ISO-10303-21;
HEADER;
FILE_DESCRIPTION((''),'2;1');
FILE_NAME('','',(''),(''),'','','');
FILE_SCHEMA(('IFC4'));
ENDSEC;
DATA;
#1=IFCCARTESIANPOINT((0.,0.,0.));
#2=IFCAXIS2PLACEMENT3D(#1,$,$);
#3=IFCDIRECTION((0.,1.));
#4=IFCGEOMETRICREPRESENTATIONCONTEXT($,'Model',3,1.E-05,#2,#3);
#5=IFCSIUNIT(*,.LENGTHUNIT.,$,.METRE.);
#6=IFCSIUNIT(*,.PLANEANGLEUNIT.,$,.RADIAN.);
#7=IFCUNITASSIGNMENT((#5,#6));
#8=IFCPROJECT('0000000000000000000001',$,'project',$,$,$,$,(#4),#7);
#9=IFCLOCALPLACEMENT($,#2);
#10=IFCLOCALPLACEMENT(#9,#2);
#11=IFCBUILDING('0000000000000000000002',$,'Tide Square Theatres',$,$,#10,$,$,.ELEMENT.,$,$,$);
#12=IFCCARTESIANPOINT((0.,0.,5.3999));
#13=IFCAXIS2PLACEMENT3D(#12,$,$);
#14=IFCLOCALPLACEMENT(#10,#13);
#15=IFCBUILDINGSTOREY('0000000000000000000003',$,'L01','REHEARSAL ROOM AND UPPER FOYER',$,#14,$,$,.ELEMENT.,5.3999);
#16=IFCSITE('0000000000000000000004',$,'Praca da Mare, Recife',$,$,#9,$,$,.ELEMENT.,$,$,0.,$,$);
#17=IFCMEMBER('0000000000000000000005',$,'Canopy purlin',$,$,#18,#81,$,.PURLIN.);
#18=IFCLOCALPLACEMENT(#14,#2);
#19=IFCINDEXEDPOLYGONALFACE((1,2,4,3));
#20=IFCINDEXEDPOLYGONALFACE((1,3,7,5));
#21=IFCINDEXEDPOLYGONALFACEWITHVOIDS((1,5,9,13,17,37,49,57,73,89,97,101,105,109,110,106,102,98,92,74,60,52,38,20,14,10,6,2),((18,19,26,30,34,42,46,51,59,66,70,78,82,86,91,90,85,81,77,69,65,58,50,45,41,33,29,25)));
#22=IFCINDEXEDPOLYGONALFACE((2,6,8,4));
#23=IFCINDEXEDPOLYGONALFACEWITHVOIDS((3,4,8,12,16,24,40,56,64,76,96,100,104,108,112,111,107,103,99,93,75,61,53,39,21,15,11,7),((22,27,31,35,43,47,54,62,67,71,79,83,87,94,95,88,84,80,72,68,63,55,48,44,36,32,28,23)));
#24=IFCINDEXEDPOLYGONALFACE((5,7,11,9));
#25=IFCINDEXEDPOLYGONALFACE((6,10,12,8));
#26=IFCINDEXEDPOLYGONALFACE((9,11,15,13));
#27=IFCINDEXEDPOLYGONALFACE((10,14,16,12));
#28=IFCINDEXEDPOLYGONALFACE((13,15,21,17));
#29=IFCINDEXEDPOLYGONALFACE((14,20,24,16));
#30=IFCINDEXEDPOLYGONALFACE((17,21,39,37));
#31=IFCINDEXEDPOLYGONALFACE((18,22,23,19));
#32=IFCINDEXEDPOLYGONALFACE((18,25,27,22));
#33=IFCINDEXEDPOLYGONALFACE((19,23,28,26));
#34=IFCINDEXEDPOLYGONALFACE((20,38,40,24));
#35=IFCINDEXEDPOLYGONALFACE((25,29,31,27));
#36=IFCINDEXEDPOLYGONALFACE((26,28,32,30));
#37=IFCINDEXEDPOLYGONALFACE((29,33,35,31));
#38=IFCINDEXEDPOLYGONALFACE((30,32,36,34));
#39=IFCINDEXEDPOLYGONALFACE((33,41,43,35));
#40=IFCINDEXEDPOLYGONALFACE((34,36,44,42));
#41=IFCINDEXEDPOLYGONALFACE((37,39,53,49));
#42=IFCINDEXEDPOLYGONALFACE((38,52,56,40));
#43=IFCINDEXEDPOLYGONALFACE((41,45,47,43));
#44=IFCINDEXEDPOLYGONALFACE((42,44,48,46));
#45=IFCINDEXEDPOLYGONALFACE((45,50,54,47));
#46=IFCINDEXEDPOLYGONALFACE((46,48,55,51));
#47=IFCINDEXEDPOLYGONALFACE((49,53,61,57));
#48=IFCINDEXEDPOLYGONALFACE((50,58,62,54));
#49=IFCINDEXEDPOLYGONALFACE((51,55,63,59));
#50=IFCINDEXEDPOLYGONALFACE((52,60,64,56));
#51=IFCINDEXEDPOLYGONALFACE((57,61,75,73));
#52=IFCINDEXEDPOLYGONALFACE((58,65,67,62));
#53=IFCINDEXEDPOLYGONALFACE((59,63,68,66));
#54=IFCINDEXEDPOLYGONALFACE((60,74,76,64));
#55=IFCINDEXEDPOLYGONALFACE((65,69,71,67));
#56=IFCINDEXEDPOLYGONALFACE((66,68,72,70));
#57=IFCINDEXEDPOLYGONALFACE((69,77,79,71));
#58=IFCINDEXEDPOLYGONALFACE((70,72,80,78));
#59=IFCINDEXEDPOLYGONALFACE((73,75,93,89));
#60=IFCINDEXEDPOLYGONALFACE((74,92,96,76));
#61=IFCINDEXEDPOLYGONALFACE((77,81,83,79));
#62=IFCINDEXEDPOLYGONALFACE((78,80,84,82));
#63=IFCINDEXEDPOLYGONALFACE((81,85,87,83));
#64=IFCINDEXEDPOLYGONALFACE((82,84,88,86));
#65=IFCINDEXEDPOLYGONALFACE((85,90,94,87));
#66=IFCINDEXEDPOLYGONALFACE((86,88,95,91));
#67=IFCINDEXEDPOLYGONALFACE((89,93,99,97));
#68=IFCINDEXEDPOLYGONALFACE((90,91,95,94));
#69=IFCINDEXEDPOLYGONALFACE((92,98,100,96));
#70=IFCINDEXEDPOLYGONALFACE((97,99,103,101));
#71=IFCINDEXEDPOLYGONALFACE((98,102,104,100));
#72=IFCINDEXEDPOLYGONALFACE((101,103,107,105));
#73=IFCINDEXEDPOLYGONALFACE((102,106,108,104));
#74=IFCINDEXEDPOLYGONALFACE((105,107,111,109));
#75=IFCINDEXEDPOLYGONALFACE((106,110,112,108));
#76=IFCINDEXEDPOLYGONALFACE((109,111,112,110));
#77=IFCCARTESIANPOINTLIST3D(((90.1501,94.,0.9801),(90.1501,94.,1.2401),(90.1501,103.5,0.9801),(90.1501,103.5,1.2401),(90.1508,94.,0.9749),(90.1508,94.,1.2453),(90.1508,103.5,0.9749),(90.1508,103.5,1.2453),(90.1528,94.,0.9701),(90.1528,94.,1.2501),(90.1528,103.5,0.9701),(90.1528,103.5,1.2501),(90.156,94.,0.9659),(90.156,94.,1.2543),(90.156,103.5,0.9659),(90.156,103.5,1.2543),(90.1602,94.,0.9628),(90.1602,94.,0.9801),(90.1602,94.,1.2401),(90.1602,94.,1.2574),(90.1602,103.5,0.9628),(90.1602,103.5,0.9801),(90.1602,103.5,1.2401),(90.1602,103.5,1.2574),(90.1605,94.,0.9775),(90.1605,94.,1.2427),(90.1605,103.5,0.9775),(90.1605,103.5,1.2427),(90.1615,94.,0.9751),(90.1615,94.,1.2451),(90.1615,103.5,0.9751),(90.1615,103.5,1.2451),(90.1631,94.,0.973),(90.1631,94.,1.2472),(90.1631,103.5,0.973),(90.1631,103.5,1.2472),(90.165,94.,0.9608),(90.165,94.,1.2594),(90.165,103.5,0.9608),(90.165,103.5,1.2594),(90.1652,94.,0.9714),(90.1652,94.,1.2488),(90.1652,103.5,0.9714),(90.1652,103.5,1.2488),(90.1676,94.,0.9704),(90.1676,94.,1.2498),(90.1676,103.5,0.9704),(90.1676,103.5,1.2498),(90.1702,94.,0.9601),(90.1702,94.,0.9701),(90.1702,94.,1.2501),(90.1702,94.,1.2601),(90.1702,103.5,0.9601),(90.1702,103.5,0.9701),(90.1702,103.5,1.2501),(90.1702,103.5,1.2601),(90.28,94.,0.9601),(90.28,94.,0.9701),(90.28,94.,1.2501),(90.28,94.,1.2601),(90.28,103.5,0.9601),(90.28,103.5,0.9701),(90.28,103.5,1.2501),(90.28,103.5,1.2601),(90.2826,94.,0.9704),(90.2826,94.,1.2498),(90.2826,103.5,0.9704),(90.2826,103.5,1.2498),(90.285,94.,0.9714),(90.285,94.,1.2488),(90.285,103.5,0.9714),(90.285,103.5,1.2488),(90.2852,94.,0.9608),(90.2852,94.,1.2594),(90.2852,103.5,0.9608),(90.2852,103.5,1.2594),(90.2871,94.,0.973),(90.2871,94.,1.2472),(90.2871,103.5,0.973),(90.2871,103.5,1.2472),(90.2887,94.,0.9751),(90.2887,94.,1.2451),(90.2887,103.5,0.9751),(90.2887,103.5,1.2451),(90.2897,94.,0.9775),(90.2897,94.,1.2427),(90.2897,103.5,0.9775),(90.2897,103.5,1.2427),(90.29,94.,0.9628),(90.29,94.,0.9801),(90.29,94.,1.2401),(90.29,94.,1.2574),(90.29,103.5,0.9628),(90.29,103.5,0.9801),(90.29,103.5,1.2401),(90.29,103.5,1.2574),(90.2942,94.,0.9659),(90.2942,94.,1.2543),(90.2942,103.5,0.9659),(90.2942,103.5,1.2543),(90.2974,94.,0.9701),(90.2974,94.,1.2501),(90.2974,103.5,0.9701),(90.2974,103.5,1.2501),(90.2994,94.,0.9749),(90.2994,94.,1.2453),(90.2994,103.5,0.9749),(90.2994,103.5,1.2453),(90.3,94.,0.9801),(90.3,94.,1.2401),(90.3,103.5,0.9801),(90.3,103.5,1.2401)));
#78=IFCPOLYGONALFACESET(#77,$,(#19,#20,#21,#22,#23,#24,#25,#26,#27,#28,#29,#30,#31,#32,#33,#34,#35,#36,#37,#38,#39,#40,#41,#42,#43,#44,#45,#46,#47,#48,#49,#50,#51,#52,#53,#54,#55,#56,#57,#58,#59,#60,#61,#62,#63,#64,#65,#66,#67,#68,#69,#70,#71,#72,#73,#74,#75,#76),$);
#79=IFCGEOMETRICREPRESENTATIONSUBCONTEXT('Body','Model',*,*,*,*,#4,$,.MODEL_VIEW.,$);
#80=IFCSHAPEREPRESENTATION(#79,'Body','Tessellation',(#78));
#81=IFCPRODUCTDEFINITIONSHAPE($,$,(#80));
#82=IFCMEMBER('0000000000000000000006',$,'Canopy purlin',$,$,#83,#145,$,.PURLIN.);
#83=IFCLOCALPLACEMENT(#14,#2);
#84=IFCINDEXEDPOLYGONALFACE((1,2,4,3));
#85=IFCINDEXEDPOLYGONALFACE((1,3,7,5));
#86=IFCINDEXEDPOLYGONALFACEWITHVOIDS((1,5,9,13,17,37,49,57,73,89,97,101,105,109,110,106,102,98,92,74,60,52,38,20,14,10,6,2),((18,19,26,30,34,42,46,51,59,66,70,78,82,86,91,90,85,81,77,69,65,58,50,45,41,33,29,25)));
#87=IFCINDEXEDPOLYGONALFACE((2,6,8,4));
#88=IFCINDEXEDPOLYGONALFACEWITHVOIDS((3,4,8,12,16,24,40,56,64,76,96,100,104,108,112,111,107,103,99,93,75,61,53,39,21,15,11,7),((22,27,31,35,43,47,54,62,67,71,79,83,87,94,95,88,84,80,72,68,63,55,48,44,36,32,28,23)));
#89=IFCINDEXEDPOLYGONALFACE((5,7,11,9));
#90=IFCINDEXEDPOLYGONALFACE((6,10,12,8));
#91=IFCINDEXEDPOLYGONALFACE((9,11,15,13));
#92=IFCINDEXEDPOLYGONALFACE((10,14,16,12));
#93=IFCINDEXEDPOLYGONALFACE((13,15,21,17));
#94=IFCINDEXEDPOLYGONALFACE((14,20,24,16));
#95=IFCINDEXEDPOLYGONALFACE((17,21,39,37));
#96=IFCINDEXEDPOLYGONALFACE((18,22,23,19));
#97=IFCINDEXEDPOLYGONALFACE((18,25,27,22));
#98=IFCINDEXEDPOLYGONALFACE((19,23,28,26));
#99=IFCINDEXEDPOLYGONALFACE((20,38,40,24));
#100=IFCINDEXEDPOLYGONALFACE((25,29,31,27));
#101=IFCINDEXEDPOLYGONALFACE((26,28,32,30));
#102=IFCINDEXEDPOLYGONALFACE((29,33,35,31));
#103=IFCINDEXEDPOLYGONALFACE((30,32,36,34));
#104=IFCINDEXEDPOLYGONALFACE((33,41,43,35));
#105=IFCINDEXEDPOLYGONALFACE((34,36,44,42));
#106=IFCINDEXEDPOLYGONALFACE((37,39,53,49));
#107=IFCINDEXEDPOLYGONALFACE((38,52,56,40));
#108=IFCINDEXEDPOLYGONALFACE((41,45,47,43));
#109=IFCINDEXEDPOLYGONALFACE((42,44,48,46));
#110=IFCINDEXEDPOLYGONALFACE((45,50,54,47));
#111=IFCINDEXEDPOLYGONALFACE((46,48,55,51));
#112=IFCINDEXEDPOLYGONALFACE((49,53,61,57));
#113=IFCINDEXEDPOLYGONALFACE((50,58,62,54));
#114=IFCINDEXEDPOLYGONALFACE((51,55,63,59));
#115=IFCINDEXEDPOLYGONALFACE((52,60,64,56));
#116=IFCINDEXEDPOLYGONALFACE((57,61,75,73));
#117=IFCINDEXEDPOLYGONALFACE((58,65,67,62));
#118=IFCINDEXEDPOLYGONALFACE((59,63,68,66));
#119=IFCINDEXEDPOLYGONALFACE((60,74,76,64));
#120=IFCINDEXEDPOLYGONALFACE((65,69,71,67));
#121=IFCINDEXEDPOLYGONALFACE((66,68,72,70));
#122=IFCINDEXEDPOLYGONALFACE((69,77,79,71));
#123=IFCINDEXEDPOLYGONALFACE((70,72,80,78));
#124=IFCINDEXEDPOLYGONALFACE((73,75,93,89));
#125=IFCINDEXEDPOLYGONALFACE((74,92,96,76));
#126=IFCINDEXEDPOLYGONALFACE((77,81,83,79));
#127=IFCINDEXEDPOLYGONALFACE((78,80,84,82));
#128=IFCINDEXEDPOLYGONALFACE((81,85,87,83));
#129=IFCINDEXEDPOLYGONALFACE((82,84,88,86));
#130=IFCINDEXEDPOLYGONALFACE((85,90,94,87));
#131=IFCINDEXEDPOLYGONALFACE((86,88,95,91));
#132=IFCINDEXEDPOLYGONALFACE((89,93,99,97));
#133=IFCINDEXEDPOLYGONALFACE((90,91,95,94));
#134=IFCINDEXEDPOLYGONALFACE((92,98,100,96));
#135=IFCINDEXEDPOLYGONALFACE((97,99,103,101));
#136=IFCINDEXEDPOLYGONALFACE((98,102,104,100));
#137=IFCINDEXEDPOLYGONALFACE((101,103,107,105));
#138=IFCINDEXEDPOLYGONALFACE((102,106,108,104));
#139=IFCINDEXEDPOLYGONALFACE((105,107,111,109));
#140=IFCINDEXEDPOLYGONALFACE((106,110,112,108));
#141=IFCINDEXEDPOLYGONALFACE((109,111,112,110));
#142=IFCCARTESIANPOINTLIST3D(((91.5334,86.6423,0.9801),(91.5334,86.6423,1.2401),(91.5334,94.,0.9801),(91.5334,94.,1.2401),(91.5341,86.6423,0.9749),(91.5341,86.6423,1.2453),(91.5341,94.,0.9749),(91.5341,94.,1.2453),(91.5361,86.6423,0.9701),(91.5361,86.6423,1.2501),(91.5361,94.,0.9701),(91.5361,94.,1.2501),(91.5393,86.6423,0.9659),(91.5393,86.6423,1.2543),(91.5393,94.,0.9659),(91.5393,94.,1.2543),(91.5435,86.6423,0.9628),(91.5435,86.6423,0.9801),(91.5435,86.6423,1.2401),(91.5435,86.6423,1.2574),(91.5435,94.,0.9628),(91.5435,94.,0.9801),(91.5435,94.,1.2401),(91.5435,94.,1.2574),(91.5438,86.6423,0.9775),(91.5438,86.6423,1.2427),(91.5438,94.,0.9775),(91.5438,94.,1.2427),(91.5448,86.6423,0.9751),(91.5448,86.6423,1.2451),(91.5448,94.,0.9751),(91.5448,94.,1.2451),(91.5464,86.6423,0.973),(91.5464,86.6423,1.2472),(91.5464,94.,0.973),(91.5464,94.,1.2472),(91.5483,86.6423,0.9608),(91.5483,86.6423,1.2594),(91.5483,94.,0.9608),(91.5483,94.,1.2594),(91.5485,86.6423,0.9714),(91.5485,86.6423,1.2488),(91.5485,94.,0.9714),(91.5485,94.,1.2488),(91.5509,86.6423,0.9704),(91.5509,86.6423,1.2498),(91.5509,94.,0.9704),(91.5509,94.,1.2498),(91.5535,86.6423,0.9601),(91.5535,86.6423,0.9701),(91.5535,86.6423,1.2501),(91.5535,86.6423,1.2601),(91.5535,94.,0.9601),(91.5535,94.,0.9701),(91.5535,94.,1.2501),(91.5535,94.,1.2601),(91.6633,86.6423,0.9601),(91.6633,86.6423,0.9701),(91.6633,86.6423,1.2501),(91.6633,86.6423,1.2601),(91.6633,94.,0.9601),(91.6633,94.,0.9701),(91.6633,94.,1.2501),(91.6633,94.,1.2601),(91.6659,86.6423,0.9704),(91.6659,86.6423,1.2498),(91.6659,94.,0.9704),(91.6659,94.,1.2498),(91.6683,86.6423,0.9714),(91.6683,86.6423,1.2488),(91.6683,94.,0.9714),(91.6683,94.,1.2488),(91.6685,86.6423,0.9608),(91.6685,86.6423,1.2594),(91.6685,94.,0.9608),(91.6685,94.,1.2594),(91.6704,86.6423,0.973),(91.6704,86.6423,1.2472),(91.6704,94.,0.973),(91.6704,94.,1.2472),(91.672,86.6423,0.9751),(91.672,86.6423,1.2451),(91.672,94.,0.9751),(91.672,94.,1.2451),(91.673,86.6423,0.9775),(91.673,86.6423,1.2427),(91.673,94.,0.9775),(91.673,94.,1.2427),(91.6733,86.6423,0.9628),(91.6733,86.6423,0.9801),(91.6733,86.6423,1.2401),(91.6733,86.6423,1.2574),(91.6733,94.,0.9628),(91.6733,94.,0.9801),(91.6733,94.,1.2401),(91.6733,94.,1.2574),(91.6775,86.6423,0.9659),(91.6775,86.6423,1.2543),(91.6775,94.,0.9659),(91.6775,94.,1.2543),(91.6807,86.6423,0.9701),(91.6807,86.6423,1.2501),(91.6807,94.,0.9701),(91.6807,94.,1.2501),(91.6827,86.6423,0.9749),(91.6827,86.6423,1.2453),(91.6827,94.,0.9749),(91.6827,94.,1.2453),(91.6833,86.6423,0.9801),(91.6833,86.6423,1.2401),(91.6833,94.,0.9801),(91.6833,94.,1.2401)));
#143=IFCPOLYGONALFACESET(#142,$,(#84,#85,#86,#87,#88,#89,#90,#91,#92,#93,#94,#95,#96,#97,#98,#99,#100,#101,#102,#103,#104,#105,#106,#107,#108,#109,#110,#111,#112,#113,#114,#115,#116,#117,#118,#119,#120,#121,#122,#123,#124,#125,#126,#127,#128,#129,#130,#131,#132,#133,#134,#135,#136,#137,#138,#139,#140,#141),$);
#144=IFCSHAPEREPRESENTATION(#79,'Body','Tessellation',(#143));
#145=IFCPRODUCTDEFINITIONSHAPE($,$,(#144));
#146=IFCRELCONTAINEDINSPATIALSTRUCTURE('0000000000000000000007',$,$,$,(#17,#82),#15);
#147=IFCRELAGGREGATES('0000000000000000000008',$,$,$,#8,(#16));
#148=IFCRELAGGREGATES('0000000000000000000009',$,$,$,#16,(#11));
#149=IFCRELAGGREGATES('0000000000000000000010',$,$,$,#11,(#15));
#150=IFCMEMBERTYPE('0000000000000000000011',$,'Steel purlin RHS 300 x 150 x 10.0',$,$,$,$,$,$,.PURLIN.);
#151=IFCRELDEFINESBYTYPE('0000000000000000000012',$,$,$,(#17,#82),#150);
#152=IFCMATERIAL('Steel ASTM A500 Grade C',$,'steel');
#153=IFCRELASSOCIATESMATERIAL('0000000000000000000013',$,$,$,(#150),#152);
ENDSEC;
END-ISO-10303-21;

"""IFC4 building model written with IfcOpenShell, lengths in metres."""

from ifc_helpers import new_model, si_unit, direction, frame, origin, origin_2d, place, context, subcontext, project, spatial, hollow_rectangle, extrude, material, material_profile, profile_set, type_object, element, save


model = new_model("IFC4")

# Units and contexts
model_context = context("Model", 3, precision=1e-05, world=origin(), true_north=direction((0.0, 1.0)))
body_context = subcontext(model_context, "Body", "Model", "MODEL_VIEW")
ifc_project = project(units=[si_unit("LENGTHUNIT", "METRE"), si_unit("PLANEANGLEUNIT", "RADIAN")], contexts=[model_context])

# Site, building, storey
site_placement = place(None, origin())
site = spatial("IfcSite", under=ifc_project, at=site_placement, Name="Praca da Mare, Recife", CompositionType="ELEMENT", RefElevation=0.0)
building_placement = place(site_placement, origin())
building = spatial("IfcBuilding", under=site, at=building_placement, Name="Tide Square Theatres", CompositionType="ELEMENT")
storey_placement = place(building_placement, frame((0.0, 0.0, 5.3999)))
storey = spatial("IfcBuildingStorey", under=building, at=storey_placement, Name="L01", Description="REHEARSAL ROOM AND UPPER FOYER", CompositionType="ELEMENT", Elevation=5.3999)

# Members
ifc_material_1 = material(Name="Steel ASTM A500 Grade C", Category="steel")
ifc_material_profile_1 = material_profile(ifc_material_1, hollow_rectangle(XDim=0.1499, YDim=0.3, WallThickness=0.01, InnerFilletRadius=0.01, OuterFilletRadius=0.02, at=origin_2d()))
ifc_profile_set_1 = profile_set([ifc_material_profile_1], Name="Steel ASTM A500 Grade C")
member_type = type_object("IfcMemberType", Name="Steel purlin RHS 300 x 150 x 10.0", PredefinedType="PURLIN", material=ifc_profile_set_1)
member_1_placement = place(storey_placement, frame((90.2251, 94.0, 1.1101), z_axis=(0.0, 1.0, 0.0), x_axis=(-1.0, 0.0, 0.0)))
element("IfcMember", 1, at=member_1_placement, inside=storey, type_object=member_type, Name="Canopy purlin", PredefinedType="PURLIN", context=body_context, shape_type="SweptSolid", body=[
    extrude(hollow_rectangle(XDim=0.1499, YDim=0.3, WallThickness=0.01, InnerFilletRadius=0.01, OuterFilletRadius=0.02, at=origin_2d()), origin(), (0.0, 0.0, 1.0), 9.5),
])
member_2_placement = place(storey_placement, frame((91.6084, 86.6423, 1.1101), z_axis=(0.0, 1.0, 0.0), x_axis=(-1.0, 0.0, 0.0)))
element("IfcMember", 2, at=member_2_placement, inside=storey, type_object=member_type, Name="Canopy purlin", PredefinedType="PURLIN", context=body_context, shape_type="SweptSolid", body=[
    extrude(hollow_rectangle(XDim=0.1499, YDim=0.3, WallThickness=0.01, InnerFilletRadius=0.01, OuterFilletRadius=0.02, at=origin_2d()), origin(), (0.0, 0.0, 1.0), 7.3577),
])

save(model, "model.ifc")
